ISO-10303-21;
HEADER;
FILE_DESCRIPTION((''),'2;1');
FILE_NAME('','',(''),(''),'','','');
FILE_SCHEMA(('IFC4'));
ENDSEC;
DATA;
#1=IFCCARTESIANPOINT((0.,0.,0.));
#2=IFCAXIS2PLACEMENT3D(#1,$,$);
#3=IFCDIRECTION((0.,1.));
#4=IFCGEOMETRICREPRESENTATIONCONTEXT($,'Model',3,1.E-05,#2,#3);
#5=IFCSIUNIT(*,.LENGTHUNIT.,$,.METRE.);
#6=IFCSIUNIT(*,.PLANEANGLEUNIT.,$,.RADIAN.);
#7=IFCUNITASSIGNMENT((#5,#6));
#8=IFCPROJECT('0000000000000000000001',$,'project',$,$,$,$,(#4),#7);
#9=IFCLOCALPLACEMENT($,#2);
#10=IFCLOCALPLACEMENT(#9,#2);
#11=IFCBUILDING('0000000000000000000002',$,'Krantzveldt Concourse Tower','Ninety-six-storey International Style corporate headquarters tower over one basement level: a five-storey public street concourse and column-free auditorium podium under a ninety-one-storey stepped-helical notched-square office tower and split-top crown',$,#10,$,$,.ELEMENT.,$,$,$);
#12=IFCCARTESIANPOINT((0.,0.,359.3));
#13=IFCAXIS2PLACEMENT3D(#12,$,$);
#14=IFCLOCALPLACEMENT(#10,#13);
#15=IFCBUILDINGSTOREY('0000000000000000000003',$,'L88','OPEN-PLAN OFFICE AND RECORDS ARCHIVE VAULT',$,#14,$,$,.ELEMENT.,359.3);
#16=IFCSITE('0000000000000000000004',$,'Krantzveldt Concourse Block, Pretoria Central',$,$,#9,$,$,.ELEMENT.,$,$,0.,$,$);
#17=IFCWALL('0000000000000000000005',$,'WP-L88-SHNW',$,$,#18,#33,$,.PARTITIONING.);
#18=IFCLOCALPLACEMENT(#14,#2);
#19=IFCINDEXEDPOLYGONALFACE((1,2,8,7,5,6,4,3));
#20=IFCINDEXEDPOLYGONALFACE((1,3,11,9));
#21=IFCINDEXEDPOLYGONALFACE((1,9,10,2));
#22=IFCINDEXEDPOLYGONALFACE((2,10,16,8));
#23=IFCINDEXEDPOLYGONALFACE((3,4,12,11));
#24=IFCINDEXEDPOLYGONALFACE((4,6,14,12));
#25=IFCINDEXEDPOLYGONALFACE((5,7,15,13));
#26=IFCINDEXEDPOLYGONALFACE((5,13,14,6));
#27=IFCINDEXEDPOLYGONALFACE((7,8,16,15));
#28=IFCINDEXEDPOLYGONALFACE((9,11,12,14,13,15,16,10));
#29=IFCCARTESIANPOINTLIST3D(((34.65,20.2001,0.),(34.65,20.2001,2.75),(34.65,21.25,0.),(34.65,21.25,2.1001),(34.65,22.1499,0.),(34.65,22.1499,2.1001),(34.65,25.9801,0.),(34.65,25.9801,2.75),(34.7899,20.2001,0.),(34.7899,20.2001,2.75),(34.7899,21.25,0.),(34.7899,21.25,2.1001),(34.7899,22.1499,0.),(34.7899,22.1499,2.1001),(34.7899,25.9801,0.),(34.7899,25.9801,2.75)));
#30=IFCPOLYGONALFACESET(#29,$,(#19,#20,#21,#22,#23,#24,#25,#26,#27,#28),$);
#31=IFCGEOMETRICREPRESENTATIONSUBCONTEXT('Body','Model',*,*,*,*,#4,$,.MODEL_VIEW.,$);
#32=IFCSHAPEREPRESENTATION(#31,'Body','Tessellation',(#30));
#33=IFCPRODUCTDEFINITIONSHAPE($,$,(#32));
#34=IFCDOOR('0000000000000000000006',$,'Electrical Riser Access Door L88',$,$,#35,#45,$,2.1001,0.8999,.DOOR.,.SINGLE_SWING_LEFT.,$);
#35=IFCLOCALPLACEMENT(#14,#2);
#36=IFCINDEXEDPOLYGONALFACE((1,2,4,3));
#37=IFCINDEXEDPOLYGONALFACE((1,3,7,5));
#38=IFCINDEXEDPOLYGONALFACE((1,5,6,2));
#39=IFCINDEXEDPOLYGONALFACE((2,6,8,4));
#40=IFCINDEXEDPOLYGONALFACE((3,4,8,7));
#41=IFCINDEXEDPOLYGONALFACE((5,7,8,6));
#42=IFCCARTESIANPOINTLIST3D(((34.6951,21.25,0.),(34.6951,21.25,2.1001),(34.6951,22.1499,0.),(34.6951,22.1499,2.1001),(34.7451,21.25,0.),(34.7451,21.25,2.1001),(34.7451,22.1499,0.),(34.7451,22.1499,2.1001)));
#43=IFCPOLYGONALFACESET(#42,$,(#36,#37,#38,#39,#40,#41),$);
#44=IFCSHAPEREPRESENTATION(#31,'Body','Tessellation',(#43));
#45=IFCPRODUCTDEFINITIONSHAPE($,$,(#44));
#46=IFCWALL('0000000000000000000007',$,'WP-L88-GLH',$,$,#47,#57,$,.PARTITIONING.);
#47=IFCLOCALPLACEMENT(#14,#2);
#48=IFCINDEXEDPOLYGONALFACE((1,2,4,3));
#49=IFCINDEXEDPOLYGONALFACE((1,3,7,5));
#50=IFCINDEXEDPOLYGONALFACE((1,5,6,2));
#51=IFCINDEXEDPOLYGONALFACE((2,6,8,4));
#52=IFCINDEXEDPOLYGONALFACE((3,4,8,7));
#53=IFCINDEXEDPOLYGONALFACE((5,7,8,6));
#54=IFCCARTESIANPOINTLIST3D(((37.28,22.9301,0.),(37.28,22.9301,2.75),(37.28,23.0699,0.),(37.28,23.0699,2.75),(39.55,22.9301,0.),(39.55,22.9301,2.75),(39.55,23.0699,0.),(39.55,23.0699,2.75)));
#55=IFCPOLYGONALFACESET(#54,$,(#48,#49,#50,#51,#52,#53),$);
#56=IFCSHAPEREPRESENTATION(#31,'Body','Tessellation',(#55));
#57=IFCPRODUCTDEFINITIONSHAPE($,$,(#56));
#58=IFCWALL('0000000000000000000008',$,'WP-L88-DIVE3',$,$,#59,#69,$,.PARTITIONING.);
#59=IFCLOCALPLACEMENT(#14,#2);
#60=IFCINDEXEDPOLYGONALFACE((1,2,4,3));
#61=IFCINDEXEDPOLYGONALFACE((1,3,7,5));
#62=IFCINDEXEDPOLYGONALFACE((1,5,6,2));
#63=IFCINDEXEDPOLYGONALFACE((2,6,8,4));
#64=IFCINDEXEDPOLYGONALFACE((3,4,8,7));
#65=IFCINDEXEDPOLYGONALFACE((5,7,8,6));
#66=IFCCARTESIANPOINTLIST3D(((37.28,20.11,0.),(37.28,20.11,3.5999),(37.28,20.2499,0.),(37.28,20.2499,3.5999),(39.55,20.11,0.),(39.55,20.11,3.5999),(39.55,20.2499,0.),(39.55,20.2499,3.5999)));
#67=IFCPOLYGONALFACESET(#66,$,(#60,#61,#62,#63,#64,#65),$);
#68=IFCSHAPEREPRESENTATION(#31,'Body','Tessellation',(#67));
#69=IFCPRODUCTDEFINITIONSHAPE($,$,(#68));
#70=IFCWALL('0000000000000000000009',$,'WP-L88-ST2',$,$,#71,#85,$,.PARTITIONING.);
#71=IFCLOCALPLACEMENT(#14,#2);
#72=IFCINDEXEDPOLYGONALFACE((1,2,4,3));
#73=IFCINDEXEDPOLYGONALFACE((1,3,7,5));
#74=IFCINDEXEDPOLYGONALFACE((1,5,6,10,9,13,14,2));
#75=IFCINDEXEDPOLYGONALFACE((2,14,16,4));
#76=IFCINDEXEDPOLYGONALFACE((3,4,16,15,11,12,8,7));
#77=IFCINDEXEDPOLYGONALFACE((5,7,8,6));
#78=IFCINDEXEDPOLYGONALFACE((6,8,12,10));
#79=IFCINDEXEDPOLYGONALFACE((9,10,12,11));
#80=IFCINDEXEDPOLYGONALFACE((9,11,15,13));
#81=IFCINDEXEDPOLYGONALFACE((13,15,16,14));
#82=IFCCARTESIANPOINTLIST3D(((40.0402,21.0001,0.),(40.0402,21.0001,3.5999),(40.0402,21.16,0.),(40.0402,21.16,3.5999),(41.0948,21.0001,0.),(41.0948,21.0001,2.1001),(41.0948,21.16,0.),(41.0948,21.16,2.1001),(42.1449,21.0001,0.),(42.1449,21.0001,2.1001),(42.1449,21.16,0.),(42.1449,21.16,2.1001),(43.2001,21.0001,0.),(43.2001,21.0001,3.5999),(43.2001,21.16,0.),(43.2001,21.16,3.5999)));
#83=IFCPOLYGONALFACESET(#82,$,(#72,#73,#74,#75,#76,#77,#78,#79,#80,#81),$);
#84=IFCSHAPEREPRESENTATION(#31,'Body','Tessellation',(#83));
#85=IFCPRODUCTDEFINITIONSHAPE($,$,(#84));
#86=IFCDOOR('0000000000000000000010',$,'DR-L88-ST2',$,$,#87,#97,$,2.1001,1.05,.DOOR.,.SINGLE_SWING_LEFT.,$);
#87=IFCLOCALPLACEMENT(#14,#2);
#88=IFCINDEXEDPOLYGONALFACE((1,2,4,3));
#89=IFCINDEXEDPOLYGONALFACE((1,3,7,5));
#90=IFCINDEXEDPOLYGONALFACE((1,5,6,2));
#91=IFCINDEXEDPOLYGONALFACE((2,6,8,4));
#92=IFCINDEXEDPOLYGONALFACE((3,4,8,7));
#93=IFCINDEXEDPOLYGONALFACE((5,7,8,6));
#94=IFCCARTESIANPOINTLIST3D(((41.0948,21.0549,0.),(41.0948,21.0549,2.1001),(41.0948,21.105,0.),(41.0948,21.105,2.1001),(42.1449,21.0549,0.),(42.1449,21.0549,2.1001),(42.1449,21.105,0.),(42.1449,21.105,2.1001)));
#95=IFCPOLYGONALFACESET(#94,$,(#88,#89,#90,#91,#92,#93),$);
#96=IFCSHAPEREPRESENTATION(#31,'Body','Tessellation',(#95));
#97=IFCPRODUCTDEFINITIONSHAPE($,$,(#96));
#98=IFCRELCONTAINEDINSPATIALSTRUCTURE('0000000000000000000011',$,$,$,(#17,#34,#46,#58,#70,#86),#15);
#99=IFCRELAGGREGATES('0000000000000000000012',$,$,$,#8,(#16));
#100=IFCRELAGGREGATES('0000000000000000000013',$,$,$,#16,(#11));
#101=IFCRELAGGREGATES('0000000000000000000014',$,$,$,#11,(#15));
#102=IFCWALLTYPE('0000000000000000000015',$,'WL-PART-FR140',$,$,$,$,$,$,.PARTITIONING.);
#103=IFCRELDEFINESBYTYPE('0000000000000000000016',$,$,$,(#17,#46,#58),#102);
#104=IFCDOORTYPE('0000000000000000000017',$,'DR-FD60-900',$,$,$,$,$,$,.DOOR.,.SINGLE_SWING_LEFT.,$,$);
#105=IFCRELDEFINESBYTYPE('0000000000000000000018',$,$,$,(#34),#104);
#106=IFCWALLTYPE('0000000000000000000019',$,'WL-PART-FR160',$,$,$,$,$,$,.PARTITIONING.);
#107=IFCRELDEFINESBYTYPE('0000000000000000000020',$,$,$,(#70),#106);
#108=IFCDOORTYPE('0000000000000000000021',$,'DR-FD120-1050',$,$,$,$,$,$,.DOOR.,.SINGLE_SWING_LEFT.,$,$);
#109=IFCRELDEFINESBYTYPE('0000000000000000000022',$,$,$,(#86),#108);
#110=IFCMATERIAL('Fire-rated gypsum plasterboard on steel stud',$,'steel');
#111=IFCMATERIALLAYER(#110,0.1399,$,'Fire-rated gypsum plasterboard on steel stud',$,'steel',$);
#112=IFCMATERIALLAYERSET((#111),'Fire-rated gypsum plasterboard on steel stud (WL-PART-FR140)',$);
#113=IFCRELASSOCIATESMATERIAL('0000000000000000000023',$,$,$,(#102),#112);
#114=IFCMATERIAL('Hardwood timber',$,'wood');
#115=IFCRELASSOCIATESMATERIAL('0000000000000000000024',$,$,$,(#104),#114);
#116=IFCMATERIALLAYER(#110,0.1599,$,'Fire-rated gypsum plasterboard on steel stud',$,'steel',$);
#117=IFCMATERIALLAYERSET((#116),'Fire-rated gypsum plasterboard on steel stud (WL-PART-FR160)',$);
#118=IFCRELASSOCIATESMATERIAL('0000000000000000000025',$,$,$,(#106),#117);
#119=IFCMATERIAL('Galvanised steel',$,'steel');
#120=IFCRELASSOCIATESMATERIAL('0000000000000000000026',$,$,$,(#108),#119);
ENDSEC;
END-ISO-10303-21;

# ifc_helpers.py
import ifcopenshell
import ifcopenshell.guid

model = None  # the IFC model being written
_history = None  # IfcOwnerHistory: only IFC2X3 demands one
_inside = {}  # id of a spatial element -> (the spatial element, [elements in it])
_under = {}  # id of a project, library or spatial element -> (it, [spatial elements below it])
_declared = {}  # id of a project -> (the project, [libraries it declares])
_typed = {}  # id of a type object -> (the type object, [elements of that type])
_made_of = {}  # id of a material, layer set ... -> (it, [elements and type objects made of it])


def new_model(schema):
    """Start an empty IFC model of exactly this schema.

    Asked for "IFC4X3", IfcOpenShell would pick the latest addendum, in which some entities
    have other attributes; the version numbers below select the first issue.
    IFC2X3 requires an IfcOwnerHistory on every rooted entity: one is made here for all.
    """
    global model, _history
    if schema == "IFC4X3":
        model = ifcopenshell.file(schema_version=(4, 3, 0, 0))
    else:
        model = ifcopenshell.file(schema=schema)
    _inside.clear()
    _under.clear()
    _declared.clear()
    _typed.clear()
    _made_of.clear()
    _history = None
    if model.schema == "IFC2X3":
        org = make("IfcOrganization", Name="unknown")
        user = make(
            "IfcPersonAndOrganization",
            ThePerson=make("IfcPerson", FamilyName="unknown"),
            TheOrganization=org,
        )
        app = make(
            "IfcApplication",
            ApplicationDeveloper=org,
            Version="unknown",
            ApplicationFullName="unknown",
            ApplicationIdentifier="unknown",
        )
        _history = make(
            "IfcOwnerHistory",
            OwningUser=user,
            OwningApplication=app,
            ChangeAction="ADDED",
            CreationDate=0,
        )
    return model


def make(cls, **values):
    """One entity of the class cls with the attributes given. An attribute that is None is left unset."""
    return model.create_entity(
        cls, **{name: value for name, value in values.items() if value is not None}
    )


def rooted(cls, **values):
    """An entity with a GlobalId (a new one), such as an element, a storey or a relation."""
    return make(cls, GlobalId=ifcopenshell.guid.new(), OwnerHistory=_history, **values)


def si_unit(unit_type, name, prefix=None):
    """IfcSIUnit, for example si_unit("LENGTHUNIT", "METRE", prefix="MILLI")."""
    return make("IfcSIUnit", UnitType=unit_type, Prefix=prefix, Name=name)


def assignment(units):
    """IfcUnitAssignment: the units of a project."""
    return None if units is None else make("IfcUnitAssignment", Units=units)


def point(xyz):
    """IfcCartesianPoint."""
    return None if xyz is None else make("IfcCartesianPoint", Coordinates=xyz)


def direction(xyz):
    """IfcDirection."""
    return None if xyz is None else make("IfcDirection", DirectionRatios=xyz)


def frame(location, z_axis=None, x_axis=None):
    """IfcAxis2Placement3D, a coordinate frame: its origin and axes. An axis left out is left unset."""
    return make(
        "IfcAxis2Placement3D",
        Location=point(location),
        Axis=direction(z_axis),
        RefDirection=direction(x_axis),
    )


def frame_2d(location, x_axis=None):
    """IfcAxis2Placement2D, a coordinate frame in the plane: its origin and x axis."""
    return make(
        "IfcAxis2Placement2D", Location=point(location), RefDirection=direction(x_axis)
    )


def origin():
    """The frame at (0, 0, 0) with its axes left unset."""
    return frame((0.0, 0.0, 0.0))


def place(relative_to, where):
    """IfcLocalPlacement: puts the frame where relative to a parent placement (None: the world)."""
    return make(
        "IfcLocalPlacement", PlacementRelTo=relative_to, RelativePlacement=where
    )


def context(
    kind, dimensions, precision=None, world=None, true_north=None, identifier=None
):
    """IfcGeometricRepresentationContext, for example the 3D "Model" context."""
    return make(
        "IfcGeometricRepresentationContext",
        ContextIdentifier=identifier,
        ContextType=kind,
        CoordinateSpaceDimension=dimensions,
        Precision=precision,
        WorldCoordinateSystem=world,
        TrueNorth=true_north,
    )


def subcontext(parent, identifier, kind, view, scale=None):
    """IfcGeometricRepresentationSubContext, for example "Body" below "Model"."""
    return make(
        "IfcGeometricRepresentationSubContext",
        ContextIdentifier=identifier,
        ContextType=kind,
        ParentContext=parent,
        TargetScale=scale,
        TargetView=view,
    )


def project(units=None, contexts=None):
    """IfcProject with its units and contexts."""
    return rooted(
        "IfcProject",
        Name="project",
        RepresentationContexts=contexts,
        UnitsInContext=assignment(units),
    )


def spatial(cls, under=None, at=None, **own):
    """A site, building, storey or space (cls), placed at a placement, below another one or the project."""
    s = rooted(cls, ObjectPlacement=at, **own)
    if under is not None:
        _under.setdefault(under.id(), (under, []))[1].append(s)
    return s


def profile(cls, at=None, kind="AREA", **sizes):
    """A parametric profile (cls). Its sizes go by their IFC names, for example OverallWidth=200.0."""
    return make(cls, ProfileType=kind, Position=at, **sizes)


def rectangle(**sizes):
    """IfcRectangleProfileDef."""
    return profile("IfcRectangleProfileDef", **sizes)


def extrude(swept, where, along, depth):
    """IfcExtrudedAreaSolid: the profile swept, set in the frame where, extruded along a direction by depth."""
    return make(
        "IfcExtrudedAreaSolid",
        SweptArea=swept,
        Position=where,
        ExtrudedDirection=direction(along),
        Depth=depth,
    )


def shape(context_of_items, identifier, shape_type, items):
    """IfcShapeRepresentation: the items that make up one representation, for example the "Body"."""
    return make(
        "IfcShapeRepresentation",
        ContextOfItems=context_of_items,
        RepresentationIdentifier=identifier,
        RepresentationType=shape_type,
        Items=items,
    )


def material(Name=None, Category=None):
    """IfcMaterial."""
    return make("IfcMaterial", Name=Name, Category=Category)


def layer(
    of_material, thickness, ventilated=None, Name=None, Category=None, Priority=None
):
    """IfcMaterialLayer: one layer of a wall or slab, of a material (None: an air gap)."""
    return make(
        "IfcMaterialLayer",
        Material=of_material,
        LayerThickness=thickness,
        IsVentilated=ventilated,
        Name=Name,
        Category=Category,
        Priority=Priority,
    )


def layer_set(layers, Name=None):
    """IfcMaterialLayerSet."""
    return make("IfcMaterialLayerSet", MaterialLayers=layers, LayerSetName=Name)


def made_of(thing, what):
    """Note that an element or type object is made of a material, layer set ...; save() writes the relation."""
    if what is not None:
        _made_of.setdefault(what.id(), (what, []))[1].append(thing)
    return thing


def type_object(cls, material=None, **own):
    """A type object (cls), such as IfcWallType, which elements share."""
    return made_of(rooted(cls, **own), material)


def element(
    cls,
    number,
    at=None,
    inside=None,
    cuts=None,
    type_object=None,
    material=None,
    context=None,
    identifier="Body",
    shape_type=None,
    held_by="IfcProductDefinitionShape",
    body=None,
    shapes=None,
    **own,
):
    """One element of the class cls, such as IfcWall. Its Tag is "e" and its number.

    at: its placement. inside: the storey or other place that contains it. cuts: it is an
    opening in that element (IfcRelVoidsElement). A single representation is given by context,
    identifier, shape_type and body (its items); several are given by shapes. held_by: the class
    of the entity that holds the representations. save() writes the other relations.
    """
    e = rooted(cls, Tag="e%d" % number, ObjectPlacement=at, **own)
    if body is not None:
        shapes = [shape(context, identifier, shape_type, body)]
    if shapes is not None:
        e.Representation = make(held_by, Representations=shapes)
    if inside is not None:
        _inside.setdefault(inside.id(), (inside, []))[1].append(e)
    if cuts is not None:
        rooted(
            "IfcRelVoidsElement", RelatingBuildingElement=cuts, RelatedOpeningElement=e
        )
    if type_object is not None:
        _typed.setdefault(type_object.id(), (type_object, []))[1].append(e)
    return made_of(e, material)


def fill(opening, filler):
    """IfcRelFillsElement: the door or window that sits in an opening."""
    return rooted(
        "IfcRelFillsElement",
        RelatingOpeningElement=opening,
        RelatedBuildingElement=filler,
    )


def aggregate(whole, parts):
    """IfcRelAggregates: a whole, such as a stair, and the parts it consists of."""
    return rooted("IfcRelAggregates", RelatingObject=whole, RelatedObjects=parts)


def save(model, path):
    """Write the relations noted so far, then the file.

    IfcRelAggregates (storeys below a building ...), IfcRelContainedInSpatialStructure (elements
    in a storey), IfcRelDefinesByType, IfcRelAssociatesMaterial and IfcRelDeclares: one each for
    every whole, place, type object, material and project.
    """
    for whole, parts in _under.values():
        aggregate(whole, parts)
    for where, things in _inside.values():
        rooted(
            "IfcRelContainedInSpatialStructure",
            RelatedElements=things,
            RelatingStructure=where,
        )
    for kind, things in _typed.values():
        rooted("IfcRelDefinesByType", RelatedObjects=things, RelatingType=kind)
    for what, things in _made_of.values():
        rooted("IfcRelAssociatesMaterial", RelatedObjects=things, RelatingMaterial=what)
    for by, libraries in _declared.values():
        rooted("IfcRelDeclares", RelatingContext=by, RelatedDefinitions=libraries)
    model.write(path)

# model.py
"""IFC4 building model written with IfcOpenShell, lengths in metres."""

from ifc_helpers import new_model, si_unit, direction, frame, frame_2d, origin, place, context, subcontext, project, spatial, rectangle, extrude, material, layer, layer_set, type_object, element, fill, save


model = new_model("IFC4")

# Units and contexts
model_context = context("Model", 3, precision=1e-05, world=origin(), true_north=direction((0.0, 1.0)))
body_context = subcontext(model_context, "Body", "Model", "MODEL_VIEW")
ifc_project = project(units=[si_unit("LENGTHUNIT", "METRE"), si_unit("PLANEANGLEUNIT", "RADIAN")], contexts=[model_context])

# Site, building, storey
site_placement = place(None, origin())
site = spatial("IfcSite", under=ifc_project, at=site_placement, Name="Krantzveldt Concourse Block, Pretoria Central", CompositionType="ELEMENT", RefElevation=0.0)
building_placement = place(site_placement, origin())
building = spatial("IfcBuilding", under=site, at=building_placement, Name="Krantzveldt Concourse Tower", Description="Ninety-six-storey International Style corporate headquarters tower over one basement level: a five-storey public street concourse and column-free auditorium podium under a ninety-one-storey stepped-helical notched-square office tower and split-top crown", CompositionType="ELEMENT")
storey_placement = place(building_placement, frame((0.0, 0.0, 359.3)))
storey = spatial("IfcBuildingStorey", under=building, at=storey_placement, Name="L88", Description="OPEN-PLAN OFFICE AND RECORDS ARCHIVE VAULT", CompositionType="ELEMENT", Elevation=359.3)

# Shared definitions
ifc_material_1 = material(Name="Fire-rated gypsum plasterboard on steel stud", Category="steel")

# Wall, opening, door
ifc_layer_1 = layer(ifc_material_1, 0.1399, Name="Fire-rated gypsum plasterboard on steel stud", Category="steel")
ifc_layer_set_1 = layer_set([ifc_layer_1], Name="Fire-rated gypsum plasterboard on steel stud (WL-PART-FR140)")
wall_type_1 = type_object("IfcWallType", Name="WL-PART-FR140", PredefinedType="PARTITIONING", material=ifc_layer_set_1)
wall_1_placement = place(storey_placement, frame((34.72, 20.2, 0.0), z_axis=(0.0, 0.0, 1.0), x_axis=(0.0, 1.0, 0.0)))
wall_1 = element("IfcWall", 1, at=wall_1_placement, inside=storey, type_object=wall_type_1, Name="WP-L88-SHNW", PredefinedType="PARTITIONING", context=body_context, shape_type="SweptSolid", body=[
    extrude(rectangle(XDim=5.78, YDim=0.1399, at=frame_2d((2.8901, 0.0))), origin(), (0.0, 0.0, 1.0), 2.75),
])
opening_1_placement = place(wall_1_placement, frame((1.05, 0.0, 0.0)))
opening_1 = element("IfcOpeningElement", 2, at=opening_1_placement, cuts=wall_1, PredefinedType="OPENING", context=body_context, shape_type="SweptSolid", body=[
    extrude(rectangle(XDim=0.8999, YDim=2.1001, at=frame_2d((0.45, 1.05))), frame((0.0, 0.0801, 0.0), z_axis=(0.0, -1.0, 0.0), x_axis=(1.0, 0.0, 0.0)), (0.0, 0.0, 1.0), 0.1599),
])
ifc_material_2 = material(Name="Hardwood timber", Category="wood")
door_type_1 = type_object("IfcDoorType", Name="DR-FD60-900", OperationType="SINGLE_SWING_LEFT", PredefinedType="DOOR", material=ifc_material_2)
door_1_placement = place(opening_1_placement, origin())
door_1 = element("IfcDoor", 3, at=door_1_placement, inside=storey, type_object=door_type_1, Name="Electrical Riser Access Door L88", OperationType="SINGLE_SWING_LEFT", OverallHeight=2.1001, OverallWidth=0.8999, PredefinedType="DOOR", context=body_context, shape_type="SweptSolid", body=[
    extrude(rectangle(XDim=0.8999, YDim=2.1001, at=frame_2d((0.45, 1.05))), frame((0.0, 0.0249, 0.0), z_axis=(0.0, -1.0, 0.0), x_axis=(1.0, 0.0, 0.0)), (0.0, 0.0, 1.0), 0.05),
])
fill(opening_1, door_1)

# Walls
wall_2_placement = place(storey_placement, frame((37.28, 23.0, 0.0), z_axis=(0.0, 0.0, 1.0), x_axis=(1.0, 0.0, 0.0)))
element("IfcWall", 4, at=wall_2_placement, inside=storey, type_object=wall_type_1, Name="WP-L88-GLH", PredefinedType="PARTITIONING", context=body_context, shape_type="SweptSolid", body=[
    extrude(rectangle(XDim=2.27, YDim=0.1399, at=frame_2d((1.135, 0.0))), origin(), (0.0, 0.0, 1.0), 2.75),
])
wall_3_placement = place(storey_placement, frame((37.28, 20.1799, 0.0), z_axis=(0.0, 0.0, 1.0), x_axis=(1.0, 0.0, 0.0)))
element("IfcWall", 5, at=wall_3_placement, inside=storey, type_object=wall_type_1, Name="WP-L88-DIVE3", PredefinedType="PARTITIONING", context=body_context, shape_type="SweptSolid", body=[
    extrude(rectangle(XDim=2.27, YDim=0.1399, at=frame_2d((1.135, 0.0))), origin(), (0.0, 0.0, 1.0), 3.5999),
])

# Wall, opening, door
ifc_layer_2 = layer(ifc_material_1, 0.1599, Name="Fire-rated gypsum plasterboard on steel stud", Category="steel")
ifc_layer_set_2 = layer_set([ifc_layer_2], Name="Fire-rated gypsum plasterboard on steel stud (WL-PART-FR160)")
wall_type_2 = type_object("IfcWallType", Name="WL-PART-FR160", PredefinedType="PARTITIONING", material=ifc_layer_set_2)
wall_4_placement = place(storey_placement, frame((40.04, 21.0801, 0.0), z_axis=(0.0, 0.0, 1.0), x_axis=(1.0, 0.0, 0.0)))
wall_4 = element("IfcWall", 6, at=wall_4_placement, inside=storey, type_object=wall_type_2, Name="WP-L88-ST2", PredefinedType="PARTITIONING", context=body_context, shape_type="SweptSolid", body=[
    extrude(rectangle(XDim=3.1599, YDim=0.1599, at=frame_2d((1.5801, 0.0))), origin(), (0.0, 0.0, 1.0), 3.5999),
])
opening_2_placement = place(wall_4_placement, frame((1.0549, 0.0, 0.0)))
opening_2 = element("IfcOpeningElement", 7, at=opening_2_placement, cuts=wall_4, PredefinedType="OPENING", context=body_context, shape_type="SweptSolid", body=[
    extrude(rectangle(XDim=1.05, YDim=2.1001, at=frame_2d((0.5249, 1.05))), frame((0.0, 0.0898, 0.0), z_axis=(0.0, -1.0, 0.0), x_axis=(1.0, 0.0, 0.0)), (0.0, 0.0, 1.0), 0.1799),
])
ifc_material_3 = material(Name="Galvanised steel", Category="steel")
door_type_2 = type_object("IfcDoorType", Name="DR-FD120-1050", OperationType="SINGLE_SWING_LEFT", PredefinedType="DOOR", material=ifc_material_3)
door_2_placement = place(opening_2_placement, origin())
door_2 = element("IfcDoor", 8, at=door_2_placement, inside=storey, type_object=door_type_2, Name="DR-L88-ST2", OperationType="SINGLE_SWING_LEFT", OverallHeight=2.1001, OverallWidth=1.05, PredefinedType="DOOR", context=body_context, shape_type="SweptSolid", body=[
    extrude(rectangle(XDim=1.05, YDim=2.1001, at=frame_2d((0.5249, 1.05))), frame((0.0, 0.0249, 0.0), z_axis=(0.0, -1.0, 0.0), x_axis=(1.0, 0.0, 0.0)), (0.0, 0.0, 1.0), 0.05),
])
fill(opening_2, door_2)

save(model, "model.ifc")
